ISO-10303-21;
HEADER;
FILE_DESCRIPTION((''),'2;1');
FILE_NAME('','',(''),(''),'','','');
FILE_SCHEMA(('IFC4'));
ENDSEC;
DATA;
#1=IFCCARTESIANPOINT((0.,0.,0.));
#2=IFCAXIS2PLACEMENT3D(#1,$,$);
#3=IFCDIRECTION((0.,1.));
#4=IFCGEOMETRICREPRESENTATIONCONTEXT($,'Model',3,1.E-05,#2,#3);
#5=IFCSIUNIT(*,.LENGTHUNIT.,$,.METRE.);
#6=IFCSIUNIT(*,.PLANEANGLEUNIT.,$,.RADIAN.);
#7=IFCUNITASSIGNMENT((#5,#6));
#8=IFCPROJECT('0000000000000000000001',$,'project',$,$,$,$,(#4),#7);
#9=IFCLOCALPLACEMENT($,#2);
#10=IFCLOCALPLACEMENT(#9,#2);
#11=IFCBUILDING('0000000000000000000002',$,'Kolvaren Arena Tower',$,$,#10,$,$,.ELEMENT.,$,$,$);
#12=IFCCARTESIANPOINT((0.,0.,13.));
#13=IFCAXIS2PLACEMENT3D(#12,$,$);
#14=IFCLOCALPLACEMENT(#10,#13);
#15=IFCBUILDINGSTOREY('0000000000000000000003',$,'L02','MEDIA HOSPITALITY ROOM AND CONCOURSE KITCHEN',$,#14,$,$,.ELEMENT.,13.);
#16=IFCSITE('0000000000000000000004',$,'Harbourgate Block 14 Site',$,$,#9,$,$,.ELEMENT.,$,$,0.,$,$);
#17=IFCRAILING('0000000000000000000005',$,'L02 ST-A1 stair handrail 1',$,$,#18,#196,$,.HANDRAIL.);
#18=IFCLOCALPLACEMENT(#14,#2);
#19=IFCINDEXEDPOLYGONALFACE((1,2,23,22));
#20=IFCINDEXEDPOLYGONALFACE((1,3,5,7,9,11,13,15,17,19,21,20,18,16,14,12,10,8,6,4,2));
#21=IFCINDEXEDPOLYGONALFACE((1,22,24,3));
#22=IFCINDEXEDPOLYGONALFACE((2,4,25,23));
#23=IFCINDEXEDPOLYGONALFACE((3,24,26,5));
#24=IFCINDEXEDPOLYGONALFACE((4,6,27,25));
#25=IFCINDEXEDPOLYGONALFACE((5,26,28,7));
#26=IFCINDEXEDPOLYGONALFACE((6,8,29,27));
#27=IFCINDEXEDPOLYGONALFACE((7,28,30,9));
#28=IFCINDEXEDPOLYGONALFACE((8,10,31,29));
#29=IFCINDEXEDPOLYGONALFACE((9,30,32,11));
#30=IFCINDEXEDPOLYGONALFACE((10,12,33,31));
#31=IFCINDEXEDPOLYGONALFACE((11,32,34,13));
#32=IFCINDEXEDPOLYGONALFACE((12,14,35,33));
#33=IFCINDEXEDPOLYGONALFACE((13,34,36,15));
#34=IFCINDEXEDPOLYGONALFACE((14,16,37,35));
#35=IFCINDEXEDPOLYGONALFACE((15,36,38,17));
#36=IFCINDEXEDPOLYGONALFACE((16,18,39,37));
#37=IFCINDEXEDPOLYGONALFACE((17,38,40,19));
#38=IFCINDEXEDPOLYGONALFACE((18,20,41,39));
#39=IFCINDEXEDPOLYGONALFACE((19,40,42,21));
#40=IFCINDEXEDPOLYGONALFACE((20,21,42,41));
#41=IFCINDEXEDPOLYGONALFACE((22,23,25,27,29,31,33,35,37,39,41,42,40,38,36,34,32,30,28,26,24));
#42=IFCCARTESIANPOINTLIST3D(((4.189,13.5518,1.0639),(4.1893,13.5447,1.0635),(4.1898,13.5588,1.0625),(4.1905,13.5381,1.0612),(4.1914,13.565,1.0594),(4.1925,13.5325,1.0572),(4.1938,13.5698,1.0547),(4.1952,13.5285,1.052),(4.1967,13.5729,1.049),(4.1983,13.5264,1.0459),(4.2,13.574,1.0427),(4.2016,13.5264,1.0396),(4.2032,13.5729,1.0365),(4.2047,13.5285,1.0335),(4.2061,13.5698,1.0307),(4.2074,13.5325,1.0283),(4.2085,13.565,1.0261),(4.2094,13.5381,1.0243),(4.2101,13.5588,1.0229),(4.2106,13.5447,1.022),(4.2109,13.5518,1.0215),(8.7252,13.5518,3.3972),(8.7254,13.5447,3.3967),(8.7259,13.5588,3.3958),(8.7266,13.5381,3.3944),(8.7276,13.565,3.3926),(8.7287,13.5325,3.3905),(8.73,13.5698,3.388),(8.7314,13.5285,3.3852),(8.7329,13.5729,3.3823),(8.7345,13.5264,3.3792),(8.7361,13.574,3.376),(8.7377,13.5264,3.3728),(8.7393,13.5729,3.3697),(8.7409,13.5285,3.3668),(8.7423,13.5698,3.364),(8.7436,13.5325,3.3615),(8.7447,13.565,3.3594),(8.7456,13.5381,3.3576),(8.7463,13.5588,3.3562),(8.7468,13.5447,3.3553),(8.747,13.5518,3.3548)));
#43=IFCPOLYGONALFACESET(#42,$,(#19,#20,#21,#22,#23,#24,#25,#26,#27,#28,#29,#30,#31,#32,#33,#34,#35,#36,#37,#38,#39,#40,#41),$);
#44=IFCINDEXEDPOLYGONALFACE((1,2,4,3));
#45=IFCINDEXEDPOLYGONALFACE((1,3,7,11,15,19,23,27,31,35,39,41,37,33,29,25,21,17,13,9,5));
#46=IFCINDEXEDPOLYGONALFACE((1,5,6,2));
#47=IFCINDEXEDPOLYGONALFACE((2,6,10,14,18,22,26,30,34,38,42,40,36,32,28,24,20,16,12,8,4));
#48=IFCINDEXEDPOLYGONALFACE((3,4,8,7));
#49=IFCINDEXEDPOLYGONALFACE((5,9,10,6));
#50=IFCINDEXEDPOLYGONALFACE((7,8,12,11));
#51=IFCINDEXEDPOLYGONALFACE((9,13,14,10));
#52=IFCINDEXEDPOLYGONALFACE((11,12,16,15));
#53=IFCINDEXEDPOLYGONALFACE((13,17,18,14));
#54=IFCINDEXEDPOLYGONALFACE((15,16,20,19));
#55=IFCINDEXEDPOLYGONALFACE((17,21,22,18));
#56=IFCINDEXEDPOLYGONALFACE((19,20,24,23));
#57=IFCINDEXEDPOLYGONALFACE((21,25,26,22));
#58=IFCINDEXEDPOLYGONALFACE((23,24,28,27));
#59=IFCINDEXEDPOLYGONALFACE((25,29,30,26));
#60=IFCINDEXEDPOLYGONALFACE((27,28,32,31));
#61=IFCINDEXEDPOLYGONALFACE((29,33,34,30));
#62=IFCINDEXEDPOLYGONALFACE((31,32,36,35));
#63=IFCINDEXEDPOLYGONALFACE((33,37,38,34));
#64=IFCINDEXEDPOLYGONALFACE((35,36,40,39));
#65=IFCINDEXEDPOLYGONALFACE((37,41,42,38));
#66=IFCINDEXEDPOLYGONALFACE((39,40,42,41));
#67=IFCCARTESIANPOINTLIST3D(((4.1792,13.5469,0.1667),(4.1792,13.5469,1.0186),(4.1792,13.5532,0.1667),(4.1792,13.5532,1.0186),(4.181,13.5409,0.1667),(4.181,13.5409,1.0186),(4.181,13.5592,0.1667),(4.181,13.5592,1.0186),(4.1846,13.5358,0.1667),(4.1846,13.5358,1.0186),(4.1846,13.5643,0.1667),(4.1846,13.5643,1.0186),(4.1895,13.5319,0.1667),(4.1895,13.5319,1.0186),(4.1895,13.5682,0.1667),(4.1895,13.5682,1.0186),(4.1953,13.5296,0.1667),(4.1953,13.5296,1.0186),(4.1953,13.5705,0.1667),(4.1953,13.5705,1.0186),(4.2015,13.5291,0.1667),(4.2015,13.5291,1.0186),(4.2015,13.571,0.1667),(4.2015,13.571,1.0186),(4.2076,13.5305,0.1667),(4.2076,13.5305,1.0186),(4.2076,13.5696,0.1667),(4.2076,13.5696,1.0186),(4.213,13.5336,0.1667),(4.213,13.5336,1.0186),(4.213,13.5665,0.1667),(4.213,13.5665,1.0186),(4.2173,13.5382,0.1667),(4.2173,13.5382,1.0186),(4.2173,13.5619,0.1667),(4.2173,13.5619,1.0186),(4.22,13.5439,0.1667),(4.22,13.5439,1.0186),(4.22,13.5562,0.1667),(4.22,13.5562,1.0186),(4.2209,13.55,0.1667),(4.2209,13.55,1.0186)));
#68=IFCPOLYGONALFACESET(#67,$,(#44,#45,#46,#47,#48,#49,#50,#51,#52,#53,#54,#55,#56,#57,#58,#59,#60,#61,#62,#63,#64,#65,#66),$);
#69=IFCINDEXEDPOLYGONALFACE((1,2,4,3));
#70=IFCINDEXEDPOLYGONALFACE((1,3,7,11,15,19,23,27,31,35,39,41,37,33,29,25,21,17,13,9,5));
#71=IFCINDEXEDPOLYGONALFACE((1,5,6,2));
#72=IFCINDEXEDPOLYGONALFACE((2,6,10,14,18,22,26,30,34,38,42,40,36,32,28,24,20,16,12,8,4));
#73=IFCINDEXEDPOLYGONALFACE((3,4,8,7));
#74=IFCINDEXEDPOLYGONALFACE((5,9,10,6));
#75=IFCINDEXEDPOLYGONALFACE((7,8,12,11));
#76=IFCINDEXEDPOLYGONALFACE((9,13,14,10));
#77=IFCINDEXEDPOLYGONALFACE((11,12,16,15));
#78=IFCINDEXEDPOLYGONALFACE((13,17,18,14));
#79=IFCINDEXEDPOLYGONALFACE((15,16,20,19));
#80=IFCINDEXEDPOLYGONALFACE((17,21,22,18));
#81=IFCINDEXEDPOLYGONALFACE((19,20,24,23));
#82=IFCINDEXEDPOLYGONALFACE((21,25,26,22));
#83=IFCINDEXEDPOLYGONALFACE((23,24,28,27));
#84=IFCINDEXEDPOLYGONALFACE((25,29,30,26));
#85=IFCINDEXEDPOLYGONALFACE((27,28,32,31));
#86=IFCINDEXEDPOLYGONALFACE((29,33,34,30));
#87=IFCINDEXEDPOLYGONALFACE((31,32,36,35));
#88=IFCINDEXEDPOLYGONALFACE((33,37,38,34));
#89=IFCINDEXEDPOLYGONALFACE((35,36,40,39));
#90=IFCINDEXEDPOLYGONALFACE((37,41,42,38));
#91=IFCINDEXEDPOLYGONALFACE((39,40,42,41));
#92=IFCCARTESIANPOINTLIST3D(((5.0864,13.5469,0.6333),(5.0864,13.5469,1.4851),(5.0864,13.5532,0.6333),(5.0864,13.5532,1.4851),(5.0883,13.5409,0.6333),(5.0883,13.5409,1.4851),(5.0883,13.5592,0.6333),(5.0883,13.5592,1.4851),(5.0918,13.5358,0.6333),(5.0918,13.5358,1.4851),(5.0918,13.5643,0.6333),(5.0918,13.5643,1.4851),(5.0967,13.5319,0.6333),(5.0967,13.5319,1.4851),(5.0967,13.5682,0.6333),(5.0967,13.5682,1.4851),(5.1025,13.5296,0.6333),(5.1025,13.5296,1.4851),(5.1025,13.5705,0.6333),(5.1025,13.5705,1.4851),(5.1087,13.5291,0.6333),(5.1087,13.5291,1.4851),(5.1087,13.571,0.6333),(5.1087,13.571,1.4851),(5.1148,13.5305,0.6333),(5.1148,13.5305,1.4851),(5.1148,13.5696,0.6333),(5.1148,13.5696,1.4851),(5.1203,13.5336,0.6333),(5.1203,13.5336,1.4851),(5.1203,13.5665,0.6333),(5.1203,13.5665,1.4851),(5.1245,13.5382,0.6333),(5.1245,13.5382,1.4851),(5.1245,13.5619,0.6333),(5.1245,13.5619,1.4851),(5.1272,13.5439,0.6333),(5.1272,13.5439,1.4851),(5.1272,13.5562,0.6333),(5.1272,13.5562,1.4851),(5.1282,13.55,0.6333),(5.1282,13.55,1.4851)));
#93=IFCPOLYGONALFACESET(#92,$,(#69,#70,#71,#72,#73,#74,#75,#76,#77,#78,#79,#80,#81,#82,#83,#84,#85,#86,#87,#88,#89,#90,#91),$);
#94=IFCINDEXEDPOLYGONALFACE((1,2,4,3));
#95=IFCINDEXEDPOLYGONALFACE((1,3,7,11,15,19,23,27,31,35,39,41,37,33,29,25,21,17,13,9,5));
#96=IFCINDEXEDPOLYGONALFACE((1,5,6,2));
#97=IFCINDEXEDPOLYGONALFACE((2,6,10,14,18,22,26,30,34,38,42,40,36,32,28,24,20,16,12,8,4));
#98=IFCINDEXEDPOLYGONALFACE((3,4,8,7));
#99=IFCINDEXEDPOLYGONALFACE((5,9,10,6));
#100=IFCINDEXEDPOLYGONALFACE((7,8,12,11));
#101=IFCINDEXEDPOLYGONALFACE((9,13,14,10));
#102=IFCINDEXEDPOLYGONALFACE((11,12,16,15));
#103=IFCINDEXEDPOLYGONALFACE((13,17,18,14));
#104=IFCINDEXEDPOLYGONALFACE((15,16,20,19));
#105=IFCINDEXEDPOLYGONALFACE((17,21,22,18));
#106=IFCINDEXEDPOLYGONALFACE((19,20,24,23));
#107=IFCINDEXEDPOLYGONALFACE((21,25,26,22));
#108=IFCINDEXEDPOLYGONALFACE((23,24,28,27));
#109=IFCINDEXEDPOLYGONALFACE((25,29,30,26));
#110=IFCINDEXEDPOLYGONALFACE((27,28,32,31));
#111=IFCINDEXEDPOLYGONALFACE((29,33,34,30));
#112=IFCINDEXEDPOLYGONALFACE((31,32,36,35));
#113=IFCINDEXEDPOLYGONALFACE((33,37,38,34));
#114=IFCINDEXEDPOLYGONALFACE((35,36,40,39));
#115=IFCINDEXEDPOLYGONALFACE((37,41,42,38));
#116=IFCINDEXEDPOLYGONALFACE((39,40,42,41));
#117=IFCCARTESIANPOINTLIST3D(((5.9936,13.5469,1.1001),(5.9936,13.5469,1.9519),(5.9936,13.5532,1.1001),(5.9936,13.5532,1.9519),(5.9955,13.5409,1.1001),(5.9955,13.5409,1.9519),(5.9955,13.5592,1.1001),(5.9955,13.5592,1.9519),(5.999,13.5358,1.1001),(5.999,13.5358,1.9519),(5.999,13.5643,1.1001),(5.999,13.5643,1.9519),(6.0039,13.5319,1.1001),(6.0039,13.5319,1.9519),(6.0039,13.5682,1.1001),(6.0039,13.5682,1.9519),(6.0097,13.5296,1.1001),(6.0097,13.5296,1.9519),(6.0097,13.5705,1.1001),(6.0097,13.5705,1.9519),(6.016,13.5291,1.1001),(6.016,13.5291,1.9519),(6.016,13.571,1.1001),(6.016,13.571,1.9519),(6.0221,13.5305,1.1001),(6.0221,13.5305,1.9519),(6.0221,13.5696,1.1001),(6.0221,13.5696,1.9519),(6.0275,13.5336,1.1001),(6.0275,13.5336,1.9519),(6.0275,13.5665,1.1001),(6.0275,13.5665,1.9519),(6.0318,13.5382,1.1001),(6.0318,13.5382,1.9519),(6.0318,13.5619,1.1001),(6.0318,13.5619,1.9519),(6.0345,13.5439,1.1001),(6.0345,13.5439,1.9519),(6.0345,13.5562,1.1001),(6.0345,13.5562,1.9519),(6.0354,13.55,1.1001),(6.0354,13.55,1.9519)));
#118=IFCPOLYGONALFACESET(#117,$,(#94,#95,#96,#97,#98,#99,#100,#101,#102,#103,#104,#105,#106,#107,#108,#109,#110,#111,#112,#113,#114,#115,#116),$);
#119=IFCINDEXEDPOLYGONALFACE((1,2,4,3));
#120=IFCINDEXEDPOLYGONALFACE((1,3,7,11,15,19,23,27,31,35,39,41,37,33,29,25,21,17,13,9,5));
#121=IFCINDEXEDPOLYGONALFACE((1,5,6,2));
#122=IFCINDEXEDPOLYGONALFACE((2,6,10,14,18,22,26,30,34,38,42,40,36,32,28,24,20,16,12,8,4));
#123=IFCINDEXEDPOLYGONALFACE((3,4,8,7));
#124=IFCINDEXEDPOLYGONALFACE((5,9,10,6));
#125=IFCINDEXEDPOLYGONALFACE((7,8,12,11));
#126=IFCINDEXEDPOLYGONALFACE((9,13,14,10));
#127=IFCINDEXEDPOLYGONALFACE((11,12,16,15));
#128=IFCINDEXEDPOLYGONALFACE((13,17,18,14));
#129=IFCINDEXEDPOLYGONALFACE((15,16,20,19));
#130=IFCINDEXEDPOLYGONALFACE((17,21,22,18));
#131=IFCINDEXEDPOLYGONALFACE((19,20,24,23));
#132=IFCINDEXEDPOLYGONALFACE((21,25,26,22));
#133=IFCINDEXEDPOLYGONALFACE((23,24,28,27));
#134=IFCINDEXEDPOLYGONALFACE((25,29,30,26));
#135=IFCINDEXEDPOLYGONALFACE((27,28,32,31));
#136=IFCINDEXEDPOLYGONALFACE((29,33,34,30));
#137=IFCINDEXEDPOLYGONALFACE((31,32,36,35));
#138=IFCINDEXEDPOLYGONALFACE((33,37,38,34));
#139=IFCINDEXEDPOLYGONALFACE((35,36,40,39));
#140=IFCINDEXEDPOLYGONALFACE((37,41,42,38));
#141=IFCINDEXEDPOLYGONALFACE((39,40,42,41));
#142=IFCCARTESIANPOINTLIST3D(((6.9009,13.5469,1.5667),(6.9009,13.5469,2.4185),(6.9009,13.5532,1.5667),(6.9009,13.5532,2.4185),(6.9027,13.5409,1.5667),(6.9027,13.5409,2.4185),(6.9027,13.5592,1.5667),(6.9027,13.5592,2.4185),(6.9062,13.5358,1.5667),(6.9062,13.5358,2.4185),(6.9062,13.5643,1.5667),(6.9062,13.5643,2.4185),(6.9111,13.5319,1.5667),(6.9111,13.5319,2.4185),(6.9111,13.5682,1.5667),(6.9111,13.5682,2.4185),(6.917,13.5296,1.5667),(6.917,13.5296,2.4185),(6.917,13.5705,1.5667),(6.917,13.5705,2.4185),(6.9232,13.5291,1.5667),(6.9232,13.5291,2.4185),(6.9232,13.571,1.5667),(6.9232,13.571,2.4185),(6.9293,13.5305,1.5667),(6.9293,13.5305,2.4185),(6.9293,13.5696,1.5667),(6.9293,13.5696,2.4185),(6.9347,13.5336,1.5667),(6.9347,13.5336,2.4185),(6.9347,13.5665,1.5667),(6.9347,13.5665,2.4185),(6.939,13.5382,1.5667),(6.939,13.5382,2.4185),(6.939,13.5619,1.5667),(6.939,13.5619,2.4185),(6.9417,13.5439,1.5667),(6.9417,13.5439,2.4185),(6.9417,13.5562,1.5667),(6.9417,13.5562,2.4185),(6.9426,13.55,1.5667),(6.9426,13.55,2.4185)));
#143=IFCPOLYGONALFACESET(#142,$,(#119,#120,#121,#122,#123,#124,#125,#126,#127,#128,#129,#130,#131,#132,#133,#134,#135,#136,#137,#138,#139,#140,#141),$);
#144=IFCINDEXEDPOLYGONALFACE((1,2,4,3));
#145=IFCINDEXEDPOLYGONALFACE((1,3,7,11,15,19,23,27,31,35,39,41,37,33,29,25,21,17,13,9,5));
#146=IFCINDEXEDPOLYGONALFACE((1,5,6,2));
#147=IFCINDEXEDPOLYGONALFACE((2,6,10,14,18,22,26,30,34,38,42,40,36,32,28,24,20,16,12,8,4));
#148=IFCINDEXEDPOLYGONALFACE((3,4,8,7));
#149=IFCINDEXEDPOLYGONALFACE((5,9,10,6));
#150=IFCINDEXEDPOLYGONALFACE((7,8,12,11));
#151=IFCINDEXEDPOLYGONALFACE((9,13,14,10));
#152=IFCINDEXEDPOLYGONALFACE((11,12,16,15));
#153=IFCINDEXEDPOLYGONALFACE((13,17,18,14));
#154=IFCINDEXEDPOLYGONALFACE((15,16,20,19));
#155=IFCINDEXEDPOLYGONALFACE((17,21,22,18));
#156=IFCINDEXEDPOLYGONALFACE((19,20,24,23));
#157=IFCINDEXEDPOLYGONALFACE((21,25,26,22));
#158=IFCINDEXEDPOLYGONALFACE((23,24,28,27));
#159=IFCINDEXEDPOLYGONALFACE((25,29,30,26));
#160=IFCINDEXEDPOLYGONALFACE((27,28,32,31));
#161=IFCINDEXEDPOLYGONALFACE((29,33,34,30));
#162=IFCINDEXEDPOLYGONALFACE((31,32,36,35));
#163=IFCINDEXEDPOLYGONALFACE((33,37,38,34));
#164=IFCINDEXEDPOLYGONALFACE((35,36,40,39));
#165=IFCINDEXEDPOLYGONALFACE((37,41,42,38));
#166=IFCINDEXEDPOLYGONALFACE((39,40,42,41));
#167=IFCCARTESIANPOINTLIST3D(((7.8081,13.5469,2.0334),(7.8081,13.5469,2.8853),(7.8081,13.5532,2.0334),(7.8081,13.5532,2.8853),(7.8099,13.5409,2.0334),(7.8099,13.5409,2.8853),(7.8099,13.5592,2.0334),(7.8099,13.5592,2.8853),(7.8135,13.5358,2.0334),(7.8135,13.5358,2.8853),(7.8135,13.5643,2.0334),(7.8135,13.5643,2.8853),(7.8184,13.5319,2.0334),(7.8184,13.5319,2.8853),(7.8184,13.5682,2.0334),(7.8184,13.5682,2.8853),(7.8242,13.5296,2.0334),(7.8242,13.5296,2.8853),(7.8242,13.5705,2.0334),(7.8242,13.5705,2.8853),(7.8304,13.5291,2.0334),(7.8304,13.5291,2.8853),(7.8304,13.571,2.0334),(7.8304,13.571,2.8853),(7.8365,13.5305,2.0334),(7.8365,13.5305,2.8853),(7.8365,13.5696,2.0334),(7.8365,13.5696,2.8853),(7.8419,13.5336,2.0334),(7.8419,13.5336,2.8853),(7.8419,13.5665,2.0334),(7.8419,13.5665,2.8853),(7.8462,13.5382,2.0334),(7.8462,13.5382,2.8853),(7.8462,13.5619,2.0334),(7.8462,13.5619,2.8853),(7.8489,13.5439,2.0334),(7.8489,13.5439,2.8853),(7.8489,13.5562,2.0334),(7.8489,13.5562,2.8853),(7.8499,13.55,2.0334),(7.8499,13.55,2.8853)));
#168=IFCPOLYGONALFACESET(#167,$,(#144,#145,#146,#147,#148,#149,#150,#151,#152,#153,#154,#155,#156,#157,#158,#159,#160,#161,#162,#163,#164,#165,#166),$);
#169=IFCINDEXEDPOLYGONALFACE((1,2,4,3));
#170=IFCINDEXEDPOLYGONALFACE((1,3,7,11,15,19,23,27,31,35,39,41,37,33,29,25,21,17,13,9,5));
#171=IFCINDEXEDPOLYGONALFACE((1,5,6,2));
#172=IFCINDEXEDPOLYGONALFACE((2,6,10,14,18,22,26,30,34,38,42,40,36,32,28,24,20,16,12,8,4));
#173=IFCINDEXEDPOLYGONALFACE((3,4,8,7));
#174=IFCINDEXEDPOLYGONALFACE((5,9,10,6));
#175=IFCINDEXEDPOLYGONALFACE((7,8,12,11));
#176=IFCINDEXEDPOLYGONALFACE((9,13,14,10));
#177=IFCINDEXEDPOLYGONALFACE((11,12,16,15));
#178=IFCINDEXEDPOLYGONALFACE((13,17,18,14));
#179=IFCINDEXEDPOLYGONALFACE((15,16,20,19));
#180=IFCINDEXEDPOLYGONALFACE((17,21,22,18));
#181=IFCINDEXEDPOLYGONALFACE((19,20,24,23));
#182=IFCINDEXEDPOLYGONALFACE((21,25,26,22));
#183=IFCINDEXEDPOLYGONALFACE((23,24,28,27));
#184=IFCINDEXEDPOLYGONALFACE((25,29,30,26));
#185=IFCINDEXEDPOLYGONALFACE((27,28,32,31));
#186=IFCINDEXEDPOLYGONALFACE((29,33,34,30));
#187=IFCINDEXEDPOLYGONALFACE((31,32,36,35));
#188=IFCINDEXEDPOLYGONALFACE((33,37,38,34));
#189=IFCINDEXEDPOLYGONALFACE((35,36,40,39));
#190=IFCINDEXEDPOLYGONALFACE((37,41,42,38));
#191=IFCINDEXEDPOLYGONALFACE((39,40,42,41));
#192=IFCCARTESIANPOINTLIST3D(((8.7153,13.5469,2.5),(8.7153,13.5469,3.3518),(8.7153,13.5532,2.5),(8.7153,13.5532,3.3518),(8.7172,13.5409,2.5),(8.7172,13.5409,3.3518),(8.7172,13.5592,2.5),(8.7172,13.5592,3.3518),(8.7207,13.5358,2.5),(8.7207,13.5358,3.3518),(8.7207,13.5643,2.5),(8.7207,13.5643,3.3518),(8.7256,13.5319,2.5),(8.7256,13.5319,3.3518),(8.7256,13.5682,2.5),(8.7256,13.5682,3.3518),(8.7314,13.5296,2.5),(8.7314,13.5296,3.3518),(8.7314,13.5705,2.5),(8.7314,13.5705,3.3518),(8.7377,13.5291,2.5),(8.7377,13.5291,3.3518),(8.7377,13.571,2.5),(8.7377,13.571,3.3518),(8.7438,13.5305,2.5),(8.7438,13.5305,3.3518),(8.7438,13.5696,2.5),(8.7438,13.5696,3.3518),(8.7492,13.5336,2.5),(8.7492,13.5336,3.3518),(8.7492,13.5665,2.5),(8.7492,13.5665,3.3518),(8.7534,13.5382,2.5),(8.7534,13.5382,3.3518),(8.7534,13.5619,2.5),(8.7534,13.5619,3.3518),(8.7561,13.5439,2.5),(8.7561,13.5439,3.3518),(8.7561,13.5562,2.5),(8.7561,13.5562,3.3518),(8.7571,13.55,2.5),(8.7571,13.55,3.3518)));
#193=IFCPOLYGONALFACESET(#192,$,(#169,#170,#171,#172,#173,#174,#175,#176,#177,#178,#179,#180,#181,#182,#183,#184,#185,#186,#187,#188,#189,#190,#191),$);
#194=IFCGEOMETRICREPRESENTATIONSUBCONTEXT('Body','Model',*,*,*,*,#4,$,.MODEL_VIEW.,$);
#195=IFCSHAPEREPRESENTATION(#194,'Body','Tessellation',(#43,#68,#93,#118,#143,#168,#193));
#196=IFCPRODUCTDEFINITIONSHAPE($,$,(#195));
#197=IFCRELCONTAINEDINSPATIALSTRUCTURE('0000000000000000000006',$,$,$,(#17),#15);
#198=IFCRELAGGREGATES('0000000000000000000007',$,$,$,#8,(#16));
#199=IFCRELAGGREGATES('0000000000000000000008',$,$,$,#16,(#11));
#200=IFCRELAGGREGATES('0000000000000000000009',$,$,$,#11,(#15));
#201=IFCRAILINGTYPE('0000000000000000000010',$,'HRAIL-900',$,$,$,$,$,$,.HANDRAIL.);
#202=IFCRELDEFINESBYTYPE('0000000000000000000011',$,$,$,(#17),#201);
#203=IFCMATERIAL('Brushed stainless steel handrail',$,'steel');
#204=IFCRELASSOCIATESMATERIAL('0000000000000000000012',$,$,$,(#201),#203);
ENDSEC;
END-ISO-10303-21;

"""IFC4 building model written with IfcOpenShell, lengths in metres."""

from ifc_helpers import new_model, si_unit, direction, frame, origin, origin_2d, place, context, subcontext, project, spatial, circle, extrude, material, type_object, element, save


model = new_model("IFC4")

# Units and contexts
model_context = context("Model", 3, precision=1e-05, world=origin(), true_north=direction((0.0, 1.0)))
body_context = subcontext(model_context, "Body", "Model", "MODEL_VIEW")
ifc_project = project(units=[si_unit("LENGTHUNIT", "METRE"), si_unit("PLANEANGLEUNIT", "RADIAN")], contexts=[model_context])

# Site, building, storey
site_placement = place(None, origin())
site = spatial("IfcSite", under=ifc_project, at=site_placement, Name="Harbourgate Block 14 Site", CompositionType="ELEMENT", RefElevation=0.0)
building_placement = place(site_placement, origin())
building = spatial("IfcBuilding", under=site, at=building_placement, Name="Kolvaren Arena Tower", CompositionType="ELEMENT")
storey_placement = place(building_placement, frame((0.0, 0.0, 13.0)))
storey = spatial("IfcBuildingStorey", under=building, at=storey_placement, Name="L02", Description="MEDIA HOSPITALITY ROOM AND CONCOURSE KITCHEN", CompositionType="ELEMENT", Elevation=13.0)

# Railing
ifc_material_1 = material(Name="Brushed stainless steel handrail", Category="steel")
railing_type_1 = type_object("IfcRailingType", Name="HRAIL-900", PredefinedType="HANDRAIL", material=ifc_material_1)
railing_1_placement = place(storey_placement, frame((4.2, 13.55, 0.1667)))
element("IfcRailing", 1, at=railing_1_placement, inside=storey, type_object=railing_type_1, Name="L02 ST-A1 stair handrail 1", PredefinedType="HANDRAIL", context=body_context, shape_type="SweptSolid", body=[
    extrude(circle(Radius=0.0239, at=origin_2d()), frame((0.0, 0.0, 0.876), z_axis=(0.889257, 0.0, 0.457407), x_axis=(0.0, 1.0, 0.0)), (0.0, 0.0, 1.0), 5.1011),
    extrude(circle(Radius=0.021, at=origin_2d()), origin(), (0.0, 0.0, 1.0), 0.8518),
    extrude(circle(Radius=0.021, at=origin_2d()), frame((0.9072, 0.0, 0.4666)), (0.0, 0.0, 1.0), 0.8518),
    extrude(circle(Radius=0.021, at=origin_2d()), frame((1.8145, 0.0, 0.9333)), (0.0, 0.0, 1.0), 0.8518),
    extrude(circle(Radius=0.021, at=origin_2d()), frame((2.7217, 0.0, 1.3999)), (0.0, 0.0, 1.0), 0.8518),
    extrude(circle(Radius=0.021, at=origin_2d()), frame((3.6289, 0.0, 1.8667)), (0.0, 0.0, 1.0), 0.8518),
    extrude(circle(Radius=0.021, at=origin_2d()), frame((4.5361, 0.0, 2.3333)), (0.0, 0.0, 1.0), 0.8518),
])

save(model, "model.ifc")
